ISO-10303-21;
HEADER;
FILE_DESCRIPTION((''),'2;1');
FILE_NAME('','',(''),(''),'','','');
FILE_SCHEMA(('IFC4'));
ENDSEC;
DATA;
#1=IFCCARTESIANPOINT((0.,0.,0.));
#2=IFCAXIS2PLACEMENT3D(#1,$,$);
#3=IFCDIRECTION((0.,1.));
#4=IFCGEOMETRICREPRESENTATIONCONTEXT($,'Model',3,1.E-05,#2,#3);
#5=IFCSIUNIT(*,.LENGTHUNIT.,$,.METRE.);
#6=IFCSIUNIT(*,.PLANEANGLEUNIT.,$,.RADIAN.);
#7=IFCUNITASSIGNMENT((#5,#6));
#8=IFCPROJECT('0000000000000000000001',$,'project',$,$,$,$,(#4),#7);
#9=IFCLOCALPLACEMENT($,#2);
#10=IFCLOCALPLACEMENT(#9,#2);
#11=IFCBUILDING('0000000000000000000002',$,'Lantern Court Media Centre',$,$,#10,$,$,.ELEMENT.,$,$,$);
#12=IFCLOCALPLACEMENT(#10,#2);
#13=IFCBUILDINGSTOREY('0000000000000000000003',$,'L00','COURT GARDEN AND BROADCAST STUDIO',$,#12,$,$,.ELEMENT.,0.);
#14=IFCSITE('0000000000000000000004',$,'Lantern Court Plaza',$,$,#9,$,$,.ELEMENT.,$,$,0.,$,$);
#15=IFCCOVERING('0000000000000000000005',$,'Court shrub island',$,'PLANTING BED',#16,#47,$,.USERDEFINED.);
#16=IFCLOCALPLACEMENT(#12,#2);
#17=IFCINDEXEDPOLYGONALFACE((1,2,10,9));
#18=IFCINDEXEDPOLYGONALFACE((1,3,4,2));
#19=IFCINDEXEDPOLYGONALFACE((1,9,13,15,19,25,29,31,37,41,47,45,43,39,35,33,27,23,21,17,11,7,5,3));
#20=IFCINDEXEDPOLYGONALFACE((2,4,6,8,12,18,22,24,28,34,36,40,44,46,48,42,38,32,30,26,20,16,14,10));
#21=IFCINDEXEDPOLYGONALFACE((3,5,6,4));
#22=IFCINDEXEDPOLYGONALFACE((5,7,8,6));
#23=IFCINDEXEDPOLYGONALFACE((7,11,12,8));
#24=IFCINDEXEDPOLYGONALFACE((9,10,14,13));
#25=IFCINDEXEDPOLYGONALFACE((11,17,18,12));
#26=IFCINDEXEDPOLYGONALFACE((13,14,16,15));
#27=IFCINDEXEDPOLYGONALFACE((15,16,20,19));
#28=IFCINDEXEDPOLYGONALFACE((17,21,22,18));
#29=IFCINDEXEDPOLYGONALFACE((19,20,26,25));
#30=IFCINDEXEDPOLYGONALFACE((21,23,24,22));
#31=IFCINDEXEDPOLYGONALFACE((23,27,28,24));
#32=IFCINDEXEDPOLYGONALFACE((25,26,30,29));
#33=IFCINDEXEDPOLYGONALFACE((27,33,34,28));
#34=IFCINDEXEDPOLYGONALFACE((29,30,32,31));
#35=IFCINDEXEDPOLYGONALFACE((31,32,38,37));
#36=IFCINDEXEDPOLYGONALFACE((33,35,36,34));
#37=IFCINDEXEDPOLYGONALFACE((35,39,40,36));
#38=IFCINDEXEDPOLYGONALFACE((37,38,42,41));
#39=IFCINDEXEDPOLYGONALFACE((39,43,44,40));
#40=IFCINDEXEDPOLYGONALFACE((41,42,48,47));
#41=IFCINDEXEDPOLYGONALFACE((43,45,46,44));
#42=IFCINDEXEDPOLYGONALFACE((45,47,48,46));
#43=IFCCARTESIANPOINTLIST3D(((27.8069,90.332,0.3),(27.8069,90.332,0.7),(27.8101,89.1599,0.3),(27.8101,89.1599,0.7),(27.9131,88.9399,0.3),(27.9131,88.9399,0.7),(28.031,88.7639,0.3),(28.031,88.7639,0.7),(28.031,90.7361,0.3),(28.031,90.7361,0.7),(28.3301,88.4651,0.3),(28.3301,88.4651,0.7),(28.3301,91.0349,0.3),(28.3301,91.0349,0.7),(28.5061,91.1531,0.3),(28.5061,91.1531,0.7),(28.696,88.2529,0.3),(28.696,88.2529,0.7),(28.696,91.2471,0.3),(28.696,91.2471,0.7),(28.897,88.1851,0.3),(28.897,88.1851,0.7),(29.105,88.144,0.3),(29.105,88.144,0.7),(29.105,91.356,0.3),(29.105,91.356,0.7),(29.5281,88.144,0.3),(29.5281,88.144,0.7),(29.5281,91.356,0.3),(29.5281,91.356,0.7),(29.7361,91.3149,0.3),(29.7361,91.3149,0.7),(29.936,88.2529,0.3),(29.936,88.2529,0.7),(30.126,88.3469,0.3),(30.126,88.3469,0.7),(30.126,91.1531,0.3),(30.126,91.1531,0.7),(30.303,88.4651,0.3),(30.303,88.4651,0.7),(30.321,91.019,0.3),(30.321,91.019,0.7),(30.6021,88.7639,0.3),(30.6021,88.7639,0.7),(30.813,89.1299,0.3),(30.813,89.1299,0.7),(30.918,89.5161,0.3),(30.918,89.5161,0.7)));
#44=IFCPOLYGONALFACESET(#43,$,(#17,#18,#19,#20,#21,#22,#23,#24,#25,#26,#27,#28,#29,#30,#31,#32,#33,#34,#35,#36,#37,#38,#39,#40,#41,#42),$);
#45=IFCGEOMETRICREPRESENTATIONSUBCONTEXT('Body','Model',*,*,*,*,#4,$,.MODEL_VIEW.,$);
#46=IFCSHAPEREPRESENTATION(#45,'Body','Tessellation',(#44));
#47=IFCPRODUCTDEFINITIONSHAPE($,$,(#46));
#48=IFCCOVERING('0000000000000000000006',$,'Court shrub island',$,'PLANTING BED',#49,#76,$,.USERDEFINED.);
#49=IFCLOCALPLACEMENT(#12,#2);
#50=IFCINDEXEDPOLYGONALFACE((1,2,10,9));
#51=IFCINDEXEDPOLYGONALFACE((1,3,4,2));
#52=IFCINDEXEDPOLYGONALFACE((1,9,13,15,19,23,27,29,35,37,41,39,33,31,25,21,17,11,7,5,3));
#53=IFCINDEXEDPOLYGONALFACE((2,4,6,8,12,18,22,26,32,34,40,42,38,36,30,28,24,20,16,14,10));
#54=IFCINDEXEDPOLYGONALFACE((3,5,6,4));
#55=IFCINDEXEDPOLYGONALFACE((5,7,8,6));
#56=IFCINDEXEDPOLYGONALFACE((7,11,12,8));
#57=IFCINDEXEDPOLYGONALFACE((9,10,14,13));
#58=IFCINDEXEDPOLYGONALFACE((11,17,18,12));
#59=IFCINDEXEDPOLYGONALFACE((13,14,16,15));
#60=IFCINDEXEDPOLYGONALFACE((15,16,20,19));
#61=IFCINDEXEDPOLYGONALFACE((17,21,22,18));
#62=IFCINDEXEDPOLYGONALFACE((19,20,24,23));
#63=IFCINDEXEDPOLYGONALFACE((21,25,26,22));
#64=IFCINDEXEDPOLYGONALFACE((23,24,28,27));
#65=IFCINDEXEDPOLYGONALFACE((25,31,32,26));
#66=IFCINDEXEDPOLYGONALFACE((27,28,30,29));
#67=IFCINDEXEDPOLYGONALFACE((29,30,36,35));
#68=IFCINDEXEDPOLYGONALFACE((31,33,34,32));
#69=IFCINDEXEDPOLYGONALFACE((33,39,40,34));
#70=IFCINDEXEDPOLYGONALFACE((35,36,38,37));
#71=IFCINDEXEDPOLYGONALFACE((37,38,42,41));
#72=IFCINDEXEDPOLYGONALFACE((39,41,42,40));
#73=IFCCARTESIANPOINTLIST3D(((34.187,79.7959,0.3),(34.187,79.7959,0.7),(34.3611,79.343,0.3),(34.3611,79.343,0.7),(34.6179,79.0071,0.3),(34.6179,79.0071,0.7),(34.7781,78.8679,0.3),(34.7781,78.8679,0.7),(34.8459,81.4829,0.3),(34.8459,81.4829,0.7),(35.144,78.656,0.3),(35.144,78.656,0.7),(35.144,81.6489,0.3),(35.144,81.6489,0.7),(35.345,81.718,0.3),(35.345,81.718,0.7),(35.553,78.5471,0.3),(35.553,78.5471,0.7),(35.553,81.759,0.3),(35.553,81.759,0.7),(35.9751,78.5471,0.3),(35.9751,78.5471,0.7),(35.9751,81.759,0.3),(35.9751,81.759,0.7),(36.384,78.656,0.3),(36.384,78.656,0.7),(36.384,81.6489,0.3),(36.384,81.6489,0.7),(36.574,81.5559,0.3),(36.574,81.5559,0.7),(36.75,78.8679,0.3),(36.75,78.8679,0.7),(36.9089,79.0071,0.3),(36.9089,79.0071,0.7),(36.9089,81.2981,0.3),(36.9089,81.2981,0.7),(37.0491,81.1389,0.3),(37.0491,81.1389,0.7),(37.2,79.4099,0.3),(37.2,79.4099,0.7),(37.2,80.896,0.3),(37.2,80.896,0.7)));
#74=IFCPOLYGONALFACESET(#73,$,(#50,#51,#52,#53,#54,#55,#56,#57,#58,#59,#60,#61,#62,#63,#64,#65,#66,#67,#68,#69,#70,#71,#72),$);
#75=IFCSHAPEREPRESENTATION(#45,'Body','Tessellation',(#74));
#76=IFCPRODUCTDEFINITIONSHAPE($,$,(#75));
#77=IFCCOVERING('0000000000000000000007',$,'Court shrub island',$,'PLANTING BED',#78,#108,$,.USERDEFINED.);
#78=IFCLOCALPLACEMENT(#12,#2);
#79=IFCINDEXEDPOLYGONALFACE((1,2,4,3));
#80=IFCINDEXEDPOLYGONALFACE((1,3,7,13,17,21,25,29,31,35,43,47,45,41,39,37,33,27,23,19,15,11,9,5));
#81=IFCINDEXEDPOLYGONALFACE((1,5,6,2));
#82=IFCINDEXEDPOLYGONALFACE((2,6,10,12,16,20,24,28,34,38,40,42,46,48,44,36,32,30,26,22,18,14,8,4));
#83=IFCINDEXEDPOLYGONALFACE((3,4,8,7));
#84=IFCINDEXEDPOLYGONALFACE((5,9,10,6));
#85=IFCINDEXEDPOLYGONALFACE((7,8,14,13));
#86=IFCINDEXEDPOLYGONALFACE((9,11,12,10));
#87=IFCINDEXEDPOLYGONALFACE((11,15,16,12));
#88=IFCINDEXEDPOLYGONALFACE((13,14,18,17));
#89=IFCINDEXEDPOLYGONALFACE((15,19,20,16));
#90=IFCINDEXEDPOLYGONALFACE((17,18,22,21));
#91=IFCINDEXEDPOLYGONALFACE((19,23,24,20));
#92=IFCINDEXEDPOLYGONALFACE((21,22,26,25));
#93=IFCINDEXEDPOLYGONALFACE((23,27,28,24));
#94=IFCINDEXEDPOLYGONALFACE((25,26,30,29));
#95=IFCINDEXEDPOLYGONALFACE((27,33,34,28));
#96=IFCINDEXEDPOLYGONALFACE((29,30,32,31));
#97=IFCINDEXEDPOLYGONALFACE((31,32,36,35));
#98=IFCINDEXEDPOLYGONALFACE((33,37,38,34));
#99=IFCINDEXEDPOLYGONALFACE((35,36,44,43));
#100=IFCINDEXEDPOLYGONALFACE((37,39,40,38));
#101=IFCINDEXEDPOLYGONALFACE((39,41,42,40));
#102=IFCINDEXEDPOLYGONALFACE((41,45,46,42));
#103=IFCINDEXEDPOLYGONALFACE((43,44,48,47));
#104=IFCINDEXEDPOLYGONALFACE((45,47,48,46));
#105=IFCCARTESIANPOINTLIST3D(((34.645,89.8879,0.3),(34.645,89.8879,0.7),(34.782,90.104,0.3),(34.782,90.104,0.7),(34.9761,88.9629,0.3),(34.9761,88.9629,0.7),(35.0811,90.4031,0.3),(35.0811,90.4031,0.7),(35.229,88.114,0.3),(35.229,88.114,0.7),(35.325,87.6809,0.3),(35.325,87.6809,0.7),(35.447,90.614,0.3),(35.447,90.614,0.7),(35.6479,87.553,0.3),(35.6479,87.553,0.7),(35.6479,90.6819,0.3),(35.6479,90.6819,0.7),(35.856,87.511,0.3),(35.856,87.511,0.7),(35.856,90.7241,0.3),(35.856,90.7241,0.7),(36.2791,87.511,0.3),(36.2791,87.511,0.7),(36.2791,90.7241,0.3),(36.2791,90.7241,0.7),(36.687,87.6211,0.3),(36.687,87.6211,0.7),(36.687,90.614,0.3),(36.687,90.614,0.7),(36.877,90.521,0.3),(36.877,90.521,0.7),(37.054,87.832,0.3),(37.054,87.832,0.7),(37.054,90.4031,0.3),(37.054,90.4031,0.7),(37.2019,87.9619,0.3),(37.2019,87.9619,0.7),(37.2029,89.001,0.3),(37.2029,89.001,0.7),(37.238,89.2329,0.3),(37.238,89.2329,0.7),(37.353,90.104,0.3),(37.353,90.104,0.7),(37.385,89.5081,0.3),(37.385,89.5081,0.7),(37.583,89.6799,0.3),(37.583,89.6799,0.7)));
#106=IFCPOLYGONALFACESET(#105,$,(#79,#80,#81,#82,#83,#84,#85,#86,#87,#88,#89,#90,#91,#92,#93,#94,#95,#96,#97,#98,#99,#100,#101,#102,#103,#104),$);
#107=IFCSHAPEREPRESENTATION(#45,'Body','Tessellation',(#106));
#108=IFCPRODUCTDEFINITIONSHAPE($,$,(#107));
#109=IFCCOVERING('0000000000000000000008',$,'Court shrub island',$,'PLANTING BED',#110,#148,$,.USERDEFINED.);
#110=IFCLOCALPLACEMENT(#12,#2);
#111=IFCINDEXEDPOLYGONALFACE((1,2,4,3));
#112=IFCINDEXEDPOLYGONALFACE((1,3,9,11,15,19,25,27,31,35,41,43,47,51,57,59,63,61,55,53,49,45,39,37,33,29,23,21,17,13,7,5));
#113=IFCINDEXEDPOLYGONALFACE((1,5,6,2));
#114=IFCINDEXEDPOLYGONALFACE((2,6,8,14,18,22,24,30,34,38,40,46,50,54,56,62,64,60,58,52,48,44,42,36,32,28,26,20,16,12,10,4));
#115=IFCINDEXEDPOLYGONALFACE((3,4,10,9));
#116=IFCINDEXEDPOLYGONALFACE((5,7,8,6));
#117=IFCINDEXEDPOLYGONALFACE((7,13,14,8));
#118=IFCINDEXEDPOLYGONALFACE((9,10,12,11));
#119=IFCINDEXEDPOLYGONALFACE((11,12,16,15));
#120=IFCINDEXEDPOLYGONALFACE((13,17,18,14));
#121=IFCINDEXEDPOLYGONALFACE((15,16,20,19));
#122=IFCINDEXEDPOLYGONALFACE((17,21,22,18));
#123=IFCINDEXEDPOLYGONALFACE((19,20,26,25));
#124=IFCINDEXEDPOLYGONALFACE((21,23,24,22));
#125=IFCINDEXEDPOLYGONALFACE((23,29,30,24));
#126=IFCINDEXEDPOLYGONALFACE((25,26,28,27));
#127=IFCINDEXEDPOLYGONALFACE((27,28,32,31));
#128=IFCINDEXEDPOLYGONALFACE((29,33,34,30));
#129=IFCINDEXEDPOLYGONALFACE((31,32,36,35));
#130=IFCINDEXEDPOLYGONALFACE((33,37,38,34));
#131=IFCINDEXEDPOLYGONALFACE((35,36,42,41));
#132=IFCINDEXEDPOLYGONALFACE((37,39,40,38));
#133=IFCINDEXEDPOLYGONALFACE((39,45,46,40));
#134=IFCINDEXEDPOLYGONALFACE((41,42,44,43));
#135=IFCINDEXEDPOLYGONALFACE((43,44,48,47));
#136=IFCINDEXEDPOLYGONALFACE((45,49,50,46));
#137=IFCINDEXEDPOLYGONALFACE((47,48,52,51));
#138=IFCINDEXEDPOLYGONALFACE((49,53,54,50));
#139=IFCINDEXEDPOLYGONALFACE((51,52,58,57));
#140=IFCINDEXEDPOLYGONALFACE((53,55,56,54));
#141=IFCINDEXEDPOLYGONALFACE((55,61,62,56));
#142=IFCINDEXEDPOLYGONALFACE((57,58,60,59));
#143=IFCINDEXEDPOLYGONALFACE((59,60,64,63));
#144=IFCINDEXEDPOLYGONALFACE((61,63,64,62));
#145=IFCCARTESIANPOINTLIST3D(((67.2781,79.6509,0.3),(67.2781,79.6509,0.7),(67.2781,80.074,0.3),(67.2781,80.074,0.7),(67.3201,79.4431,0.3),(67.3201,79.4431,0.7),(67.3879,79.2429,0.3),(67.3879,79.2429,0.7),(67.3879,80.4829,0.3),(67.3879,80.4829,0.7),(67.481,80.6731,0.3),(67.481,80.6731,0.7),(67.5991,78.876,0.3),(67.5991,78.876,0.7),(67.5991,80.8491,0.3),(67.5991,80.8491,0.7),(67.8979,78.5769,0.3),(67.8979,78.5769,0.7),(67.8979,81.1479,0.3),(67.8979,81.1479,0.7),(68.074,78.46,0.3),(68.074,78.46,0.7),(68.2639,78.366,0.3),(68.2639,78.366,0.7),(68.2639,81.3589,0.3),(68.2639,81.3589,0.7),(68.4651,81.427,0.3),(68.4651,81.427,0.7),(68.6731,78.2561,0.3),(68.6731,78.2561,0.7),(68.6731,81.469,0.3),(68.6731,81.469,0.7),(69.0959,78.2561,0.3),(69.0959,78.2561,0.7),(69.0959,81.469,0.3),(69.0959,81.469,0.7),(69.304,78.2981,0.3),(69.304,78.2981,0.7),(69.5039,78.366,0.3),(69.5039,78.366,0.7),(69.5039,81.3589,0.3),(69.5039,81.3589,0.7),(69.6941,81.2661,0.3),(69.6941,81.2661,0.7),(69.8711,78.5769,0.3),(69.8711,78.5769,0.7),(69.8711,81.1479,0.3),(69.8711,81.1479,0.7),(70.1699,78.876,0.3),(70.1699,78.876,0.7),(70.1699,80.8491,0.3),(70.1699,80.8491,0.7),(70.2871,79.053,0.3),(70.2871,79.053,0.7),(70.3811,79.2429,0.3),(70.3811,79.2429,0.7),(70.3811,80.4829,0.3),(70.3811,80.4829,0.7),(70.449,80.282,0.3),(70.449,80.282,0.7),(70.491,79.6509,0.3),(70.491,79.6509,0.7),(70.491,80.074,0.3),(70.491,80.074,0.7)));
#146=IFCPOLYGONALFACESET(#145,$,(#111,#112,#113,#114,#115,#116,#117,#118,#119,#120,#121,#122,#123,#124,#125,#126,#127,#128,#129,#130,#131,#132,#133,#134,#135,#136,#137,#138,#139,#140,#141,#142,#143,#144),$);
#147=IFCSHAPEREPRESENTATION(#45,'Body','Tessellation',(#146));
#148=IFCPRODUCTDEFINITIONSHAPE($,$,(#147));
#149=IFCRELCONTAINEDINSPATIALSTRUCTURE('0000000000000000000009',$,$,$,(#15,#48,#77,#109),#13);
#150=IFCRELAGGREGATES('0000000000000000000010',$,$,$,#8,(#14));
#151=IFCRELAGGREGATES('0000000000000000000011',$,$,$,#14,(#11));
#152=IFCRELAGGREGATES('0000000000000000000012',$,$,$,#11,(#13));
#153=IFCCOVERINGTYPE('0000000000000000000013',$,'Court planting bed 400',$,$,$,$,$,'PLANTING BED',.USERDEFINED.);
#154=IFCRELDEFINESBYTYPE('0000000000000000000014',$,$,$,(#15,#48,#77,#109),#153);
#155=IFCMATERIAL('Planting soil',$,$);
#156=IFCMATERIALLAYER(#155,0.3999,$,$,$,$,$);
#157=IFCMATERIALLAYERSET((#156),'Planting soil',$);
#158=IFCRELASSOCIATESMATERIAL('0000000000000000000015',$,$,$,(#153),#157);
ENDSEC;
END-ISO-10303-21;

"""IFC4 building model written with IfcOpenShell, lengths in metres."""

from ifc_helpers import new_model, si_unit, direction, frame, origin, place, context, subcontext, project, spatial, polyline, outline, extrude, material, layer, layer_set, type_object, element, save


model = new_model("IFC4")

# Units and contexts
model_context = context("Model", 3, precision=1e-05, world=origin(), true_north=direction((0.0, 1.0)))
body_context = subcontext(model_context, "Body", "Model", "MODEL_VIEW")
ifc_project = project(units=[si_unit("LENGTHUNIT", "METRE"), si_unit("PLANEANGLEUNIT", "RADIAN")], contexts=[model_context])

# Site, building, storey
site_placement = place(None, origin())
site = spatial("IfcSite", under=ifc_project, at=site_placement, Name="Lantern Court Plaza", CompositionType="ELEMENT", RefElevation=0.0)
building_placement = place(site_placement, origin())
building = spatial("IfcBuilding", under=site, at=building_placement, Name="Lantern Court Media Centre", CompositionType="ELEMENT")
storey_placement = place(building_placement, origin())
storey = spatial("IfcBuildingStorey", under=building, at=storey_placement, Name="L00", Description="COURT GARDEN AND BROADCAST STUDIO", CompositionType="ELEMENT", Elevation=0.0)

# Coverings
ifc_material_1 = material(Name="Planting soil")
ifc_layer_1 = layer(ifc_material_1, 0.3999)
ifc_layer_set_1 = layer_set([ifc_layer_1], Name="Planting soil")
covering_type_1 = type_object("IfcCoveringType", Name="Court planting bed 400", ElementType="PLANTING BED", PredefinedType="USERDEFINED", material=ifc_layer_set_1)
covering_1_placement = place(storey_placement, frame((0.0, 0.0, 0.3)))
element("IfcCovering", 1, at=covering_1_placement, inside=storey, type_object=covering_type_1, Name="Court shrub island", ObjectType="PLANTING BED", PredefinedType="USERDEFINED", context=body_context, shape_type="SweptSolid", body=[
    extrude(outline(polyline([(30.813, 89.1299), (30.6021, 88.7639), (30.303, 88.4651), (30.126, 88.3469), (29.936, 88.2529), (29.5281, 88.144), (29.105, 88.144), (28.897, 88.1851), (28.696, 88.2529), (28.3301, 88.4651), (28.031, 88.7639), (27.9131, 88.9399), (27.8101, 89.1599), (27.8069, 90.332), (28.031, 90.7361), (28.3301, 91.0349), (28.5061, 91.1531), (28.696, 91.2471), (29.105, 91.356), (29.5281, 91.356), (29.7361, 91.3149), (30.126, 91.1531), (30.321, 91.019), (30.918, 89.5161), (30.813, 89.1299)])), origin(), (0.0, 0.0, 1.0), 0.3999),
])
covering_2_placement = place(storey_placement, frame((0.0, 0.0, 0.3)))
element("IfcCovering", 2, at=covering_2_placement, inside=storey, type_object=covering_type_1, Name="Court shrub island", ObjectType="PLANTING BED", PredefinedType="USERDEFINED", context=body_context, shape_type="SweptSolid", body=[
    extrude(outline(polyline([(36.9089, 79.0071), (36.75, 78.8679), (36.384, 78.656), (35.9751, 78.5471), (35.553, 78.5471), (35.144, 78.656), (34.7781, 78.8679), (34.6179, 79.0071), (34.3611, 79.343), (34.187, 79.7959), (34.8459, 81.4829), (35.144, 81.6489), (35.345, 81.718), (35.553, 81.759), (35.9751, 81.759), (36.384, 81.6489), (36.574, 81.5559), (36.9089, 81.2981), (37.0491, 81.1389), (37.2, 80.896), (37.2, 79.4099), (36.9089, 79.0071)])), origin(), (0.0, 0.0, 1.0), 0.3999),
])
covering_3_placement = place(storey_placement, frame((0.0, 0.0, 0.3)))
element("IfcCovering", 3, at=covering_3_placement, inside=storey, type_object=covering_type_1, Name="Court shrub island", ObjectType="PLANTING BED", PredefinedType="USERDEFINED", context=body_context, shape_type="SweptSolid", body=[
    extrude(outline(polyline([(36.687, 87.6211), (36.2791, 87.511), (35.856, 87.511), (35.6479, 87.553), (35.325, 87.6809), (35.229, 88.114), (34.9761, 88.9629), (34.645, 89.8879), (34.782, 90.104), (35.0811, 90.4031), (35.447, 90.614), (35.6479, 90.6819), (35.856, 90.7241), (36.2791, 90.7241), (36.687, 90.614), (36.877, 90.521), (37.054, 90.4031), (37.353, 90.104), (37.583, 89.6799), (37.385, 89.5081), (37.238, 89.2329), (37.2029, 89.001), (37.2019, 87.9619), (37.054, 87.832), (36.687, 87.6211)])), origin(), (0.0, 0.0, 1.0), 0.3999),
])
covering_4_placement = place(storey_placement, frame((0.0, 0.0, 0.3)))
element("IfcCovering", 4, at=covering_4_placement, inside=storey, type_object=covering_type_1, Name="Court shrub island", ObjectType="PLANTING BED", PredefinedType="USERDEFINED", context=body_context, shape_type="SweptSolid", body=[
    extrude(outline(polyline([(70.3811, 79.2429), (70.2871, 79.053), (70.1699, 78.876), (69.8711, 78.5769), (69.5039, 78.366), (69.304, 78.2981), (69.0959, 78.2561), (68.6731, 78.2561), (68.2639, 78.366), (68.074, 78.46), (67.8979, 78.5769), (67.5991, 78.876), (67.3879, 79.2429), (67.3201, 79.4431), (67.2781, 79.6509), (67.2781, 80.074), (67.3879, 80.4829), (67.481, 80.6731), (67.5991, 80.8491), (67.8979, 81.1479), (68.2639, 81.3589), (68.4651, 81.427), (68.6731, 81.469), (69.0959, 81.469), (69.5039, 81.3589), (69.6941, 81.2661), (69.8711, 81.1479), (70.1699, 80.8491), (70.3811, 80.4829), (70.449, 80.282), (70.491, 80.074), (70.491, 79.6509), (70.3811, 79.2429)])), origin(), (0.0, 0.0, 1.0), 0.3999),
])

save(model, "model.ifc")
